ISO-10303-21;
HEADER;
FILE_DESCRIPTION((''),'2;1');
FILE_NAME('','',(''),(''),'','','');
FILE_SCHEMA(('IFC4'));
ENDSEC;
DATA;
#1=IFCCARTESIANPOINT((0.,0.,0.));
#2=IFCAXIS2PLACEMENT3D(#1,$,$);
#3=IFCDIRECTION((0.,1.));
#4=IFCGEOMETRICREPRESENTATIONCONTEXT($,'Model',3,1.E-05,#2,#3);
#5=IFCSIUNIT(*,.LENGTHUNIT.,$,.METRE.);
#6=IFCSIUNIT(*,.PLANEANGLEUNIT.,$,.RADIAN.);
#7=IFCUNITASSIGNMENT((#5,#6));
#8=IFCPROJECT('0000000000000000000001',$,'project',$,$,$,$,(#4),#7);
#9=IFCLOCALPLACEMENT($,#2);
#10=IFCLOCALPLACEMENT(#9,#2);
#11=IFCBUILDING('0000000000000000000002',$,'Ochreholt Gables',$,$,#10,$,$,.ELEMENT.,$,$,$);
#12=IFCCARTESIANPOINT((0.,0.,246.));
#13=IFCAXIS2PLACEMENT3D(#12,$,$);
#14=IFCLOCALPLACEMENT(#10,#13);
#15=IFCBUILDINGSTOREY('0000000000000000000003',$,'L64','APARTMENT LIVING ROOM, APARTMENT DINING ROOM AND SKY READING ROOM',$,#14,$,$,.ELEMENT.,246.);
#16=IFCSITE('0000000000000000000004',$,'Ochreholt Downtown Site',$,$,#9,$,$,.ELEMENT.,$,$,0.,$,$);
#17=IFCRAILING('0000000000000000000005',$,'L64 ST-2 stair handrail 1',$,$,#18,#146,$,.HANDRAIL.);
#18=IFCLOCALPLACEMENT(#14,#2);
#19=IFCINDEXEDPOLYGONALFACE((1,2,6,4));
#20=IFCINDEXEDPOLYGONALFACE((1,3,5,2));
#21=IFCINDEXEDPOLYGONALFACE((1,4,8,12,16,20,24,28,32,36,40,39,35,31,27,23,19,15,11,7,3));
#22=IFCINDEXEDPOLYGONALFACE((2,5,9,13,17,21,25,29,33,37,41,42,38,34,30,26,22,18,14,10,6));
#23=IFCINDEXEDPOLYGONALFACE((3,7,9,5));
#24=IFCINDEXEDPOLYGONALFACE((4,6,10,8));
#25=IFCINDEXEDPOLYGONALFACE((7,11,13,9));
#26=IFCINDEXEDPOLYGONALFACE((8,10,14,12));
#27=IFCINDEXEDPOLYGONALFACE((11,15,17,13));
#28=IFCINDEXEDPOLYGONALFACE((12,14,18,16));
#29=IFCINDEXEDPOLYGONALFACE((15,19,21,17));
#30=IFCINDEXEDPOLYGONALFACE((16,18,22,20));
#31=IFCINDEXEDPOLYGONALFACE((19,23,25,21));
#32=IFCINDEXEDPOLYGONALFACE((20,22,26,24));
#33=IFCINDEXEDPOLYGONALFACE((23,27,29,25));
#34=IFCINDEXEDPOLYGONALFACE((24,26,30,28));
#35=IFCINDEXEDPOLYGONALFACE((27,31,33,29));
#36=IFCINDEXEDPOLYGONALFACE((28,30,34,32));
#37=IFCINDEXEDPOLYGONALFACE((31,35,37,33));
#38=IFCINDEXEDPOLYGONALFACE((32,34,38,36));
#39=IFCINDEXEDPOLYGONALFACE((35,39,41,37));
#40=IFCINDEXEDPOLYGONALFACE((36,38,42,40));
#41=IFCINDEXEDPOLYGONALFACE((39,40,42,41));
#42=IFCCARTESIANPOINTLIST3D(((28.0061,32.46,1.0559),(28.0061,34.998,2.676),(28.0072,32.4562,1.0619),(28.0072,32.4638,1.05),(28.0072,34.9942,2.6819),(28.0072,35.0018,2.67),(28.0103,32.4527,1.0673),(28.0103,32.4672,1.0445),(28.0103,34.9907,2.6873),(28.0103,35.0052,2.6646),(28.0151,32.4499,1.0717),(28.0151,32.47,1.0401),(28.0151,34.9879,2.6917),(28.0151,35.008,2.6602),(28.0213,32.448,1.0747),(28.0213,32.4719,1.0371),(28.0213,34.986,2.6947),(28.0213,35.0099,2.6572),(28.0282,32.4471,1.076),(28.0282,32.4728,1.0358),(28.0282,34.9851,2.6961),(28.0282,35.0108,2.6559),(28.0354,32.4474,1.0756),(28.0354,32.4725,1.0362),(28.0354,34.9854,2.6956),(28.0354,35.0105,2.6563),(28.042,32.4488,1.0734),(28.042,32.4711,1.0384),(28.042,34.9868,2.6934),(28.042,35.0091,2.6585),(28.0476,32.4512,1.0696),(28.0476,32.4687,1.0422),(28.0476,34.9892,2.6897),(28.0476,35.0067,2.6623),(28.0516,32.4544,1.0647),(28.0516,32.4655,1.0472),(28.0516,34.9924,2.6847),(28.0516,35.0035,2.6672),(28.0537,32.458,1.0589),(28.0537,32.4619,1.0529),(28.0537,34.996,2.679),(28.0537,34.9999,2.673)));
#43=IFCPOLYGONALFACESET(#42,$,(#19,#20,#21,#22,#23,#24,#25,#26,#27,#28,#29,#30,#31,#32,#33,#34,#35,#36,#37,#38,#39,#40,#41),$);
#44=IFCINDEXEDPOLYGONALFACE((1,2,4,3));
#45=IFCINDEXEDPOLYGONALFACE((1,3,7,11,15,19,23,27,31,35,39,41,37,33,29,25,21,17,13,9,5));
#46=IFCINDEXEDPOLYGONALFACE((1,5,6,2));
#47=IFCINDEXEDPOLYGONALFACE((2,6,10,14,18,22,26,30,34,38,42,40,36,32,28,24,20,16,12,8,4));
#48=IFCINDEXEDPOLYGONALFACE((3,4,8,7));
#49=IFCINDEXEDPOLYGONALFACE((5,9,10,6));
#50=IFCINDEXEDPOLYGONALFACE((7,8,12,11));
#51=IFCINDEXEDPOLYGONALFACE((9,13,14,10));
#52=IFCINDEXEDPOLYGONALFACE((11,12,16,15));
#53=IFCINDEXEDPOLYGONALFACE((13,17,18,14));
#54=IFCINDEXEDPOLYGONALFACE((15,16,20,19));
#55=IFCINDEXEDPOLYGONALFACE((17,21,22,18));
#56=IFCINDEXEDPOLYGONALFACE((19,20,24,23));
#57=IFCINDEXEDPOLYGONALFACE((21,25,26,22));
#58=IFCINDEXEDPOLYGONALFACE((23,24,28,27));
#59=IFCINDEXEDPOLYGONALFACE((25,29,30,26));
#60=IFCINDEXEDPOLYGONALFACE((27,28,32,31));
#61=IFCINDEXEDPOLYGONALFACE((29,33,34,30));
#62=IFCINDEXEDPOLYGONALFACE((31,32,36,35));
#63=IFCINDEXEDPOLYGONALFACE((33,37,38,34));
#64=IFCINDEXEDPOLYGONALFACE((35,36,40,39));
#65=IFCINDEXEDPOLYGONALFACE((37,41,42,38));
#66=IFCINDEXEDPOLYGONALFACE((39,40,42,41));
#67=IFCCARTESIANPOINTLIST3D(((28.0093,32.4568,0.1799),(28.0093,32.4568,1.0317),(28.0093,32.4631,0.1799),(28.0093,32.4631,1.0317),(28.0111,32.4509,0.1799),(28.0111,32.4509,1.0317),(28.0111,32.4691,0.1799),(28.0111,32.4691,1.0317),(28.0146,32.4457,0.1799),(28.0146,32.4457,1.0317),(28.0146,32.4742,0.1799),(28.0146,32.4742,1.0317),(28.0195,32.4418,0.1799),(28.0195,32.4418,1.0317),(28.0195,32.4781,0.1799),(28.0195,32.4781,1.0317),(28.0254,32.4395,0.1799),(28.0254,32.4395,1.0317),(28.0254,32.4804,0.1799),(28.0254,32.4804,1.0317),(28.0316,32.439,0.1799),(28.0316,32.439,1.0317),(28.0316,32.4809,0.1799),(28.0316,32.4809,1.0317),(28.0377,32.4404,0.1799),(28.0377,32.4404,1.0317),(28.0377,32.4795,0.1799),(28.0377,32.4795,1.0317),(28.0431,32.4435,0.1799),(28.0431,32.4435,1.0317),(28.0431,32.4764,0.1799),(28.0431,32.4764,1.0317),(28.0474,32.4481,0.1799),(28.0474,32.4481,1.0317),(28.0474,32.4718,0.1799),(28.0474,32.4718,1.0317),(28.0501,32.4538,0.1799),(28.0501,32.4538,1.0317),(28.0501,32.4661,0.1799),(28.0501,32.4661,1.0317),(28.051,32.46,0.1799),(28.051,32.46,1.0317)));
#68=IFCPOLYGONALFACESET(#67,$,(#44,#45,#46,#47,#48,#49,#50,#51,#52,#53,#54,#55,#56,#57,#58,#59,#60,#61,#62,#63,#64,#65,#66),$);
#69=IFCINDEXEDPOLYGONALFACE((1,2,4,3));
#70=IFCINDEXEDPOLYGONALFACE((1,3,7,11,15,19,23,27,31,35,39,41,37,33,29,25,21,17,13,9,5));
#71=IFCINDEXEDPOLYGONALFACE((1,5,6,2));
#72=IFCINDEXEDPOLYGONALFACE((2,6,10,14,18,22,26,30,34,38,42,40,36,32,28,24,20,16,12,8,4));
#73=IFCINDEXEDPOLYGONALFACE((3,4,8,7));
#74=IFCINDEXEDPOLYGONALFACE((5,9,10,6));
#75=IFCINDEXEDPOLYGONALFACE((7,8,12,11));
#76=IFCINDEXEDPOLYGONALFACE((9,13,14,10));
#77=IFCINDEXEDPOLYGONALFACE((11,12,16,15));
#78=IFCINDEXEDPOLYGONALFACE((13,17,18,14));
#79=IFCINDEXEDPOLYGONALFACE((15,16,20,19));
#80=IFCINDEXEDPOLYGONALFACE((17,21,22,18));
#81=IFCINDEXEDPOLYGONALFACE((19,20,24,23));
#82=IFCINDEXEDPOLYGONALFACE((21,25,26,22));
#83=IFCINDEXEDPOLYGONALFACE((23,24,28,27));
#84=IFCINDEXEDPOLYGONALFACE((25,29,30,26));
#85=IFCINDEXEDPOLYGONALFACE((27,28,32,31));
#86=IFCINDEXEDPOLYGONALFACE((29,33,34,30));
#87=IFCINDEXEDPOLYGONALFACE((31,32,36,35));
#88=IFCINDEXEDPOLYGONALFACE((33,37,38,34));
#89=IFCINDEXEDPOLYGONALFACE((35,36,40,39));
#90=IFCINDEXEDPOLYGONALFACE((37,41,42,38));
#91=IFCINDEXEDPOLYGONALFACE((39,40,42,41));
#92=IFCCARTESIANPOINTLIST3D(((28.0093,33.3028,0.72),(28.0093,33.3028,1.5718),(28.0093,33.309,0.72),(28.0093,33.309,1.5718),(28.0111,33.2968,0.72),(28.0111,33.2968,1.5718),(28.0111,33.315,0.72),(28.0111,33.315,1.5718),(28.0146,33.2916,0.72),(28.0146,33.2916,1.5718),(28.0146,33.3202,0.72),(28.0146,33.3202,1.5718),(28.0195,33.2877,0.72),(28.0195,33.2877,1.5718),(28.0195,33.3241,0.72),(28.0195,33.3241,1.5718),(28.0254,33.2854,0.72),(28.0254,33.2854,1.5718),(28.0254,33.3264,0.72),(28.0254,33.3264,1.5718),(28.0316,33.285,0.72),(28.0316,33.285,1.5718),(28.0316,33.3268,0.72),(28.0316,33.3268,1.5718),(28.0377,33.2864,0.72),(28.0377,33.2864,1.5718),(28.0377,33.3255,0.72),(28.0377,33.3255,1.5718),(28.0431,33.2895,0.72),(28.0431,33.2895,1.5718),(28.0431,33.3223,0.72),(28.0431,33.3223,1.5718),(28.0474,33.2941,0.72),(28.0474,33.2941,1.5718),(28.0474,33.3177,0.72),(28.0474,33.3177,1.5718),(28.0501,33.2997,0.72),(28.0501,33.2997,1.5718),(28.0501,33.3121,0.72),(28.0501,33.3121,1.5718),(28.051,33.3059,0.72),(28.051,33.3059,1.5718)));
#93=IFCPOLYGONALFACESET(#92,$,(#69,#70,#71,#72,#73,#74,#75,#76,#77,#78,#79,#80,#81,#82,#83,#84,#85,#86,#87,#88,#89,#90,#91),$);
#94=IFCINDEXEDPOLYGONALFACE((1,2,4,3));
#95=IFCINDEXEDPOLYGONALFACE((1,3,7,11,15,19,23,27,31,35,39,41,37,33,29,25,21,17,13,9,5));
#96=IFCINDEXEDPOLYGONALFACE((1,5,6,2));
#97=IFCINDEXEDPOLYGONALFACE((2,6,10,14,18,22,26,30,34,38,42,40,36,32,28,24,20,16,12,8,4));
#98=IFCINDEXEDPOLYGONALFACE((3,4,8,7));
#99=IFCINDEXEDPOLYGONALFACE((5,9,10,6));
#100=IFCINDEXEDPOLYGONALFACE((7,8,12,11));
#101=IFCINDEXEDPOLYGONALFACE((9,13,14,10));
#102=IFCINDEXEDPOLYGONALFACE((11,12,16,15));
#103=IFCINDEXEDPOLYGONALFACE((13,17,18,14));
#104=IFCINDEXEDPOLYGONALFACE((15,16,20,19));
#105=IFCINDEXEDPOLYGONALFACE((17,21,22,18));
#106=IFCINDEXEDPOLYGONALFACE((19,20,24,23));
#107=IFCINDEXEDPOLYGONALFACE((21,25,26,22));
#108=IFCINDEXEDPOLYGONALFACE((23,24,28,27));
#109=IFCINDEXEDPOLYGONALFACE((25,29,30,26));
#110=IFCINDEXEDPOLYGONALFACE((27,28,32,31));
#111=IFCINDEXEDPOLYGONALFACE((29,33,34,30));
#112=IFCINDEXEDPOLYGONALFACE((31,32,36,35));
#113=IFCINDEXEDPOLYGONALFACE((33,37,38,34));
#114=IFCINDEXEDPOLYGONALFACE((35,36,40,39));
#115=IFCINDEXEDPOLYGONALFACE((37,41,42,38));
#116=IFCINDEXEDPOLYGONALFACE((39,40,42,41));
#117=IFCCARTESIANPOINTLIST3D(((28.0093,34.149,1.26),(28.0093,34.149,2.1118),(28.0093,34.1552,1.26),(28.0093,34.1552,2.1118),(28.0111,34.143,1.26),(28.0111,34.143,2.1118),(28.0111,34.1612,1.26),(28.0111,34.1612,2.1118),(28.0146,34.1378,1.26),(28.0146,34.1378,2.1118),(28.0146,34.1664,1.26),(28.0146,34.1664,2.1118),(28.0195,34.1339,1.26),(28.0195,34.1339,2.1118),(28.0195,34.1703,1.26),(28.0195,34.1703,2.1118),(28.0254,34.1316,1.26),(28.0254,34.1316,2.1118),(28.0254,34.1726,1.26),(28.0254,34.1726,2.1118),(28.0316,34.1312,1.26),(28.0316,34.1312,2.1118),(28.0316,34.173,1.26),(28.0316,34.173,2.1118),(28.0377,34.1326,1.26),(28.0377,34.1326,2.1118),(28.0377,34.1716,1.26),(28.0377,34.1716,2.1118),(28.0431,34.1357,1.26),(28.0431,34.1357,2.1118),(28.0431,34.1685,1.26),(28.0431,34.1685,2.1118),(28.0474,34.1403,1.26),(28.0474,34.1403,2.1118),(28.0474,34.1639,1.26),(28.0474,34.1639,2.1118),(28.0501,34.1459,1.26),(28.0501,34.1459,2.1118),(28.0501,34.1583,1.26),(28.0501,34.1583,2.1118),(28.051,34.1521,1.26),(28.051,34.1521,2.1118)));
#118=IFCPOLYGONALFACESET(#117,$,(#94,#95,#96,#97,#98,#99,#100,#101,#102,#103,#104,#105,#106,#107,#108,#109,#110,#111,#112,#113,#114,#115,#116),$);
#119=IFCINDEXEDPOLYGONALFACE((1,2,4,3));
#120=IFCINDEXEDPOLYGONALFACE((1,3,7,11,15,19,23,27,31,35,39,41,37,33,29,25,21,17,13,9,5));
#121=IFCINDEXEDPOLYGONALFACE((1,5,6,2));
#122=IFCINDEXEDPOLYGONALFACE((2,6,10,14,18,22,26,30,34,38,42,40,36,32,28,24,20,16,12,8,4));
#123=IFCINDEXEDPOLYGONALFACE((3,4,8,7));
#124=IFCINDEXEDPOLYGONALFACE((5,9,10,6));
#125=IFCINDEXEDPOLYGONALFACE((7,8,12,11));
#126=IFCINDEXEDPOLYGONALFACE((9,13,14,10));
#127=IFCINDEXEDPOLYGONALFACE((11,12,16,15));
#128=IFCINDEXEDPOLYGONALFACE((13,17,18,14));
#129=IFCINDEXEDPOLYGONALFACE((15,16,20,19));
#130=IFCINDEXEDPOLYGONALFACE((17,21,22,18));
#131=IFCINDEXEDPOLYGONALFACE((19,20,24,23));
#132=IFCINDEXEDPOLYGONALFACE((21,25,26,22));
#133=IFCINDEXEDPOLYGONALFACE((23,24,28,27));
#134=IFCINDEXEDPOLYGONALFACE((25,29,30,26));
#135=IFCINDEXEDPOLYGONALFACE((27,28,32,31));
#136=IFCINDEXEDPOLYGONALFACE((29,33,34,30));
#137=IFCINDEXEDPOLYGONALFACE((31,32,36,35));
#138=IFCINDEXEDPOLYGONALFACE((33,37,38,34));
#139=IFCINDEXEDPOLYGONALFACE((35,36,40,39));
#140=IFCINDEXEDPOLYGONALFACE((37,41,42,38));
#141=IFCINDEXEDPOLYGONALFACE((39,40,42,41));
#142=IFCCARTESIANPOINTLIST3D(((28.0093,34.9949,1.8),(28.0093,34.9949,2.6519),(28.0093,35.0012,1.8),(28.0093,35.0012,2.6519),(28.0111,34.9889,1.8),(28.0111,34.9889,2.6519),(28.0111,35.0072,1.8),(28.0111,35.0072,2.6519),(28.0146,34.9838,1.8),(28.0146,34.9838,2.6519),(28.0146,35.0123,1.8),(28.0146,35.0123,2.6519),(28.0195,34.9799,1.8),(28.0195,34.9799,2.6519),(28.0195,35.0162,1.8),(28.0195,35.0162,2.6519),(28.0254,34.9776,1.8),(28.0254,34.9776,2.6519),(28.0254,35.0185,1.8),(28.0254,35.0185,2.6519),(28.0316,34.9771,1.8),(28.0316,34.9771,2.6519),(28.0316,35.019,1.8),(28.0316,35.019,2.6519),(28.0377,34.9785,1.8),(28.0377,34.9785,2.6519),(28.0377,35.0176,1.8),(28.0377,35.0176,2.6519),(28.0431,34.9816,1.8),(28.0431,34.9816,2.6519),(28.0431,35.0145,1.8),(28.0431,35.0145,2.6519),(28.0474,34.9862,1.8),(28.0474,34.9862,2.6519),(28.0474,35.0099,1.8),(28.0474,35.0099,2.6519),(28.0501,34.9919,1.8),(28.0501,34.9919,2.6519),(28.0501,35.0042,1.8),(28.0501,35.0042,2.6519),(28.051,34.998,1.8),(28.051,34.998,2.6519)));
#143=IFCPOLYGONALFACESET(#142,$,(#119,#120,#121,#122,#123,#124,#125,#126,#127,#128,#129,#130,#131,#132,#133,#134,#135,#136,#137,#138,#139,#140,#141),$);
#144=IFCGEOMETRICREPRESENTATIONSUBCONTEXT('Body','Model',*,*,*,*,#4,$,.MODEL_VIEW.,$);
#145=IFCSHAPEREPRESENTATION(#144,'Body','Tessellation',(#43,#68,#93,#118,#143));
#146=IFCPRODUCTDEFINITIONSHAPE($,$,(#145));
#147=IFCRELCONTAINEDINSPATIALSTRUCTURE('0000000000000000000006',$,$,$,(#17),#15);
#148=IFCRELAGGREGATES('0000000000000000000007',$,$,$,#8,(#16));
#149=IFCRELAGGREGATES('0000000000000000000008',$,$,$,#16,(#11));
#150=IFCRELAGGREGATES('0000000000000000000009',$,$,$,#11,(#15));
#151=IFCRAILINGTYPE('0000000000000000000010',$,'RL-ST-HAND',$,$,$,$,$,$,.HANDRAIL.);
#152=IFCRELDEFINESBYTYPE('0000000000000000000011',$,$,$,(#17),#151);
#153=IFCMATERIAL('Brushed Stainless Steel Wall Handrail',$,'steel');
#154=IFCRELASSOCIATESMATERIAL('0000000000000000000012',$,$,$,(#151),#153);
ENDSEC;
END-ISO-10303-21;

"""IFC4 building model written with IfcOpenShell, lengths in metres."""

from ifc_helpers import new_model, si_unit, direction, frame, origin, origin_2d, place, context, subcontext, project, spatial, circle, extrude, material, type_object, element, save


model = new_model("IFC4")

# Units and contexts
model_context = context("Model", 3, precision=1e-05, world=origin(), true_north=direction((0.0, 1.0)))
body_context = subcontext(model_context, "Body", "Model", "MODEL_VIEW")
ifc_project = project(units=[si_unit("LENGTHUNIT", "METRE"), si_unit("PLANEANGLEUNIT", "RADIAN")], contexts=[model_context])

# Site, building, storey
site_placement = place(None, origin())
site = spatial("IfcSite", under=ifc_project, at=site_placement, Name="Ochreholt Downtown Site", CompositionType="ELEMENT", RefElevation=0.0)
building_placement = place(site_placement, origin())
building = spatial("IfcBuilding", under=site, at=building_placement, Name="Ochreholt Gables", CompositionType="ELEMENT")
storey_placement = place(building_placement, frame((0.0, 0.0, 246.0)))
storey = spatial("IfcBuildingStorey", under=building, at=storey_placement, Name="L64", Description="APARTMENT LIVING ROOM, APARTMENT DINING ROOM AND SKY READING ROOM", CompositionType="ELEMENT", Elevation=246.0)

# Railing
ifc_material_1 = material(Name="Brushed Stainless Steel Wall Handrail", Category="steel")
railing_type_1 = type_object("IfcRailingType", Name="RL-ST-HAND", PredefinedType="HANDRAIL", material=ifc_material_1)
railing_1_placement = place(storey_placement, frame((28.03, 32.46, 0.1799)))
element("IfcRailing", 1, at=railing_1_placement, inside=storey, type_object=railing_type_1, Name="L64 ST-2 stair handrail 1", PredefinedType="HANDRAIL", context=body_context, shape_type="SweptSolid", body=[
    extrude(circle(Radius=0.0239, at=origin_2d()), frame((0.0, 0.0, 0.876), z_axis=(0.0, 0.842913, 0.53805), x_axis=(-1.0, 0.0, 0.0)), (0.0, 0.0, 1.0), 3.011),
    extrude(circle(Radius=0.021, at=origin_2d()), origin(), (0.0, 0.0, 1.0), 0.8518),
    extrude(circle(Radius=0.021, at=origin_2d()), frame((0.0, 0.8459, 0.54)), (0.0, 0.0, 1.0), 0.8518),
    extrude(circle(Radius=0.021, at=origin_2d()), frame((0.0, 1.6921, 1.0801)), (0.0, 0.0, 1.0), 0.8518),
    extrude(circle(Radius=0.021, at=origin_2d()), frame((0.0, 2.5381, 1.6201)), (0.0, 0.0, 1.0), 0.8518),
])

save(model, "model.ifc")
